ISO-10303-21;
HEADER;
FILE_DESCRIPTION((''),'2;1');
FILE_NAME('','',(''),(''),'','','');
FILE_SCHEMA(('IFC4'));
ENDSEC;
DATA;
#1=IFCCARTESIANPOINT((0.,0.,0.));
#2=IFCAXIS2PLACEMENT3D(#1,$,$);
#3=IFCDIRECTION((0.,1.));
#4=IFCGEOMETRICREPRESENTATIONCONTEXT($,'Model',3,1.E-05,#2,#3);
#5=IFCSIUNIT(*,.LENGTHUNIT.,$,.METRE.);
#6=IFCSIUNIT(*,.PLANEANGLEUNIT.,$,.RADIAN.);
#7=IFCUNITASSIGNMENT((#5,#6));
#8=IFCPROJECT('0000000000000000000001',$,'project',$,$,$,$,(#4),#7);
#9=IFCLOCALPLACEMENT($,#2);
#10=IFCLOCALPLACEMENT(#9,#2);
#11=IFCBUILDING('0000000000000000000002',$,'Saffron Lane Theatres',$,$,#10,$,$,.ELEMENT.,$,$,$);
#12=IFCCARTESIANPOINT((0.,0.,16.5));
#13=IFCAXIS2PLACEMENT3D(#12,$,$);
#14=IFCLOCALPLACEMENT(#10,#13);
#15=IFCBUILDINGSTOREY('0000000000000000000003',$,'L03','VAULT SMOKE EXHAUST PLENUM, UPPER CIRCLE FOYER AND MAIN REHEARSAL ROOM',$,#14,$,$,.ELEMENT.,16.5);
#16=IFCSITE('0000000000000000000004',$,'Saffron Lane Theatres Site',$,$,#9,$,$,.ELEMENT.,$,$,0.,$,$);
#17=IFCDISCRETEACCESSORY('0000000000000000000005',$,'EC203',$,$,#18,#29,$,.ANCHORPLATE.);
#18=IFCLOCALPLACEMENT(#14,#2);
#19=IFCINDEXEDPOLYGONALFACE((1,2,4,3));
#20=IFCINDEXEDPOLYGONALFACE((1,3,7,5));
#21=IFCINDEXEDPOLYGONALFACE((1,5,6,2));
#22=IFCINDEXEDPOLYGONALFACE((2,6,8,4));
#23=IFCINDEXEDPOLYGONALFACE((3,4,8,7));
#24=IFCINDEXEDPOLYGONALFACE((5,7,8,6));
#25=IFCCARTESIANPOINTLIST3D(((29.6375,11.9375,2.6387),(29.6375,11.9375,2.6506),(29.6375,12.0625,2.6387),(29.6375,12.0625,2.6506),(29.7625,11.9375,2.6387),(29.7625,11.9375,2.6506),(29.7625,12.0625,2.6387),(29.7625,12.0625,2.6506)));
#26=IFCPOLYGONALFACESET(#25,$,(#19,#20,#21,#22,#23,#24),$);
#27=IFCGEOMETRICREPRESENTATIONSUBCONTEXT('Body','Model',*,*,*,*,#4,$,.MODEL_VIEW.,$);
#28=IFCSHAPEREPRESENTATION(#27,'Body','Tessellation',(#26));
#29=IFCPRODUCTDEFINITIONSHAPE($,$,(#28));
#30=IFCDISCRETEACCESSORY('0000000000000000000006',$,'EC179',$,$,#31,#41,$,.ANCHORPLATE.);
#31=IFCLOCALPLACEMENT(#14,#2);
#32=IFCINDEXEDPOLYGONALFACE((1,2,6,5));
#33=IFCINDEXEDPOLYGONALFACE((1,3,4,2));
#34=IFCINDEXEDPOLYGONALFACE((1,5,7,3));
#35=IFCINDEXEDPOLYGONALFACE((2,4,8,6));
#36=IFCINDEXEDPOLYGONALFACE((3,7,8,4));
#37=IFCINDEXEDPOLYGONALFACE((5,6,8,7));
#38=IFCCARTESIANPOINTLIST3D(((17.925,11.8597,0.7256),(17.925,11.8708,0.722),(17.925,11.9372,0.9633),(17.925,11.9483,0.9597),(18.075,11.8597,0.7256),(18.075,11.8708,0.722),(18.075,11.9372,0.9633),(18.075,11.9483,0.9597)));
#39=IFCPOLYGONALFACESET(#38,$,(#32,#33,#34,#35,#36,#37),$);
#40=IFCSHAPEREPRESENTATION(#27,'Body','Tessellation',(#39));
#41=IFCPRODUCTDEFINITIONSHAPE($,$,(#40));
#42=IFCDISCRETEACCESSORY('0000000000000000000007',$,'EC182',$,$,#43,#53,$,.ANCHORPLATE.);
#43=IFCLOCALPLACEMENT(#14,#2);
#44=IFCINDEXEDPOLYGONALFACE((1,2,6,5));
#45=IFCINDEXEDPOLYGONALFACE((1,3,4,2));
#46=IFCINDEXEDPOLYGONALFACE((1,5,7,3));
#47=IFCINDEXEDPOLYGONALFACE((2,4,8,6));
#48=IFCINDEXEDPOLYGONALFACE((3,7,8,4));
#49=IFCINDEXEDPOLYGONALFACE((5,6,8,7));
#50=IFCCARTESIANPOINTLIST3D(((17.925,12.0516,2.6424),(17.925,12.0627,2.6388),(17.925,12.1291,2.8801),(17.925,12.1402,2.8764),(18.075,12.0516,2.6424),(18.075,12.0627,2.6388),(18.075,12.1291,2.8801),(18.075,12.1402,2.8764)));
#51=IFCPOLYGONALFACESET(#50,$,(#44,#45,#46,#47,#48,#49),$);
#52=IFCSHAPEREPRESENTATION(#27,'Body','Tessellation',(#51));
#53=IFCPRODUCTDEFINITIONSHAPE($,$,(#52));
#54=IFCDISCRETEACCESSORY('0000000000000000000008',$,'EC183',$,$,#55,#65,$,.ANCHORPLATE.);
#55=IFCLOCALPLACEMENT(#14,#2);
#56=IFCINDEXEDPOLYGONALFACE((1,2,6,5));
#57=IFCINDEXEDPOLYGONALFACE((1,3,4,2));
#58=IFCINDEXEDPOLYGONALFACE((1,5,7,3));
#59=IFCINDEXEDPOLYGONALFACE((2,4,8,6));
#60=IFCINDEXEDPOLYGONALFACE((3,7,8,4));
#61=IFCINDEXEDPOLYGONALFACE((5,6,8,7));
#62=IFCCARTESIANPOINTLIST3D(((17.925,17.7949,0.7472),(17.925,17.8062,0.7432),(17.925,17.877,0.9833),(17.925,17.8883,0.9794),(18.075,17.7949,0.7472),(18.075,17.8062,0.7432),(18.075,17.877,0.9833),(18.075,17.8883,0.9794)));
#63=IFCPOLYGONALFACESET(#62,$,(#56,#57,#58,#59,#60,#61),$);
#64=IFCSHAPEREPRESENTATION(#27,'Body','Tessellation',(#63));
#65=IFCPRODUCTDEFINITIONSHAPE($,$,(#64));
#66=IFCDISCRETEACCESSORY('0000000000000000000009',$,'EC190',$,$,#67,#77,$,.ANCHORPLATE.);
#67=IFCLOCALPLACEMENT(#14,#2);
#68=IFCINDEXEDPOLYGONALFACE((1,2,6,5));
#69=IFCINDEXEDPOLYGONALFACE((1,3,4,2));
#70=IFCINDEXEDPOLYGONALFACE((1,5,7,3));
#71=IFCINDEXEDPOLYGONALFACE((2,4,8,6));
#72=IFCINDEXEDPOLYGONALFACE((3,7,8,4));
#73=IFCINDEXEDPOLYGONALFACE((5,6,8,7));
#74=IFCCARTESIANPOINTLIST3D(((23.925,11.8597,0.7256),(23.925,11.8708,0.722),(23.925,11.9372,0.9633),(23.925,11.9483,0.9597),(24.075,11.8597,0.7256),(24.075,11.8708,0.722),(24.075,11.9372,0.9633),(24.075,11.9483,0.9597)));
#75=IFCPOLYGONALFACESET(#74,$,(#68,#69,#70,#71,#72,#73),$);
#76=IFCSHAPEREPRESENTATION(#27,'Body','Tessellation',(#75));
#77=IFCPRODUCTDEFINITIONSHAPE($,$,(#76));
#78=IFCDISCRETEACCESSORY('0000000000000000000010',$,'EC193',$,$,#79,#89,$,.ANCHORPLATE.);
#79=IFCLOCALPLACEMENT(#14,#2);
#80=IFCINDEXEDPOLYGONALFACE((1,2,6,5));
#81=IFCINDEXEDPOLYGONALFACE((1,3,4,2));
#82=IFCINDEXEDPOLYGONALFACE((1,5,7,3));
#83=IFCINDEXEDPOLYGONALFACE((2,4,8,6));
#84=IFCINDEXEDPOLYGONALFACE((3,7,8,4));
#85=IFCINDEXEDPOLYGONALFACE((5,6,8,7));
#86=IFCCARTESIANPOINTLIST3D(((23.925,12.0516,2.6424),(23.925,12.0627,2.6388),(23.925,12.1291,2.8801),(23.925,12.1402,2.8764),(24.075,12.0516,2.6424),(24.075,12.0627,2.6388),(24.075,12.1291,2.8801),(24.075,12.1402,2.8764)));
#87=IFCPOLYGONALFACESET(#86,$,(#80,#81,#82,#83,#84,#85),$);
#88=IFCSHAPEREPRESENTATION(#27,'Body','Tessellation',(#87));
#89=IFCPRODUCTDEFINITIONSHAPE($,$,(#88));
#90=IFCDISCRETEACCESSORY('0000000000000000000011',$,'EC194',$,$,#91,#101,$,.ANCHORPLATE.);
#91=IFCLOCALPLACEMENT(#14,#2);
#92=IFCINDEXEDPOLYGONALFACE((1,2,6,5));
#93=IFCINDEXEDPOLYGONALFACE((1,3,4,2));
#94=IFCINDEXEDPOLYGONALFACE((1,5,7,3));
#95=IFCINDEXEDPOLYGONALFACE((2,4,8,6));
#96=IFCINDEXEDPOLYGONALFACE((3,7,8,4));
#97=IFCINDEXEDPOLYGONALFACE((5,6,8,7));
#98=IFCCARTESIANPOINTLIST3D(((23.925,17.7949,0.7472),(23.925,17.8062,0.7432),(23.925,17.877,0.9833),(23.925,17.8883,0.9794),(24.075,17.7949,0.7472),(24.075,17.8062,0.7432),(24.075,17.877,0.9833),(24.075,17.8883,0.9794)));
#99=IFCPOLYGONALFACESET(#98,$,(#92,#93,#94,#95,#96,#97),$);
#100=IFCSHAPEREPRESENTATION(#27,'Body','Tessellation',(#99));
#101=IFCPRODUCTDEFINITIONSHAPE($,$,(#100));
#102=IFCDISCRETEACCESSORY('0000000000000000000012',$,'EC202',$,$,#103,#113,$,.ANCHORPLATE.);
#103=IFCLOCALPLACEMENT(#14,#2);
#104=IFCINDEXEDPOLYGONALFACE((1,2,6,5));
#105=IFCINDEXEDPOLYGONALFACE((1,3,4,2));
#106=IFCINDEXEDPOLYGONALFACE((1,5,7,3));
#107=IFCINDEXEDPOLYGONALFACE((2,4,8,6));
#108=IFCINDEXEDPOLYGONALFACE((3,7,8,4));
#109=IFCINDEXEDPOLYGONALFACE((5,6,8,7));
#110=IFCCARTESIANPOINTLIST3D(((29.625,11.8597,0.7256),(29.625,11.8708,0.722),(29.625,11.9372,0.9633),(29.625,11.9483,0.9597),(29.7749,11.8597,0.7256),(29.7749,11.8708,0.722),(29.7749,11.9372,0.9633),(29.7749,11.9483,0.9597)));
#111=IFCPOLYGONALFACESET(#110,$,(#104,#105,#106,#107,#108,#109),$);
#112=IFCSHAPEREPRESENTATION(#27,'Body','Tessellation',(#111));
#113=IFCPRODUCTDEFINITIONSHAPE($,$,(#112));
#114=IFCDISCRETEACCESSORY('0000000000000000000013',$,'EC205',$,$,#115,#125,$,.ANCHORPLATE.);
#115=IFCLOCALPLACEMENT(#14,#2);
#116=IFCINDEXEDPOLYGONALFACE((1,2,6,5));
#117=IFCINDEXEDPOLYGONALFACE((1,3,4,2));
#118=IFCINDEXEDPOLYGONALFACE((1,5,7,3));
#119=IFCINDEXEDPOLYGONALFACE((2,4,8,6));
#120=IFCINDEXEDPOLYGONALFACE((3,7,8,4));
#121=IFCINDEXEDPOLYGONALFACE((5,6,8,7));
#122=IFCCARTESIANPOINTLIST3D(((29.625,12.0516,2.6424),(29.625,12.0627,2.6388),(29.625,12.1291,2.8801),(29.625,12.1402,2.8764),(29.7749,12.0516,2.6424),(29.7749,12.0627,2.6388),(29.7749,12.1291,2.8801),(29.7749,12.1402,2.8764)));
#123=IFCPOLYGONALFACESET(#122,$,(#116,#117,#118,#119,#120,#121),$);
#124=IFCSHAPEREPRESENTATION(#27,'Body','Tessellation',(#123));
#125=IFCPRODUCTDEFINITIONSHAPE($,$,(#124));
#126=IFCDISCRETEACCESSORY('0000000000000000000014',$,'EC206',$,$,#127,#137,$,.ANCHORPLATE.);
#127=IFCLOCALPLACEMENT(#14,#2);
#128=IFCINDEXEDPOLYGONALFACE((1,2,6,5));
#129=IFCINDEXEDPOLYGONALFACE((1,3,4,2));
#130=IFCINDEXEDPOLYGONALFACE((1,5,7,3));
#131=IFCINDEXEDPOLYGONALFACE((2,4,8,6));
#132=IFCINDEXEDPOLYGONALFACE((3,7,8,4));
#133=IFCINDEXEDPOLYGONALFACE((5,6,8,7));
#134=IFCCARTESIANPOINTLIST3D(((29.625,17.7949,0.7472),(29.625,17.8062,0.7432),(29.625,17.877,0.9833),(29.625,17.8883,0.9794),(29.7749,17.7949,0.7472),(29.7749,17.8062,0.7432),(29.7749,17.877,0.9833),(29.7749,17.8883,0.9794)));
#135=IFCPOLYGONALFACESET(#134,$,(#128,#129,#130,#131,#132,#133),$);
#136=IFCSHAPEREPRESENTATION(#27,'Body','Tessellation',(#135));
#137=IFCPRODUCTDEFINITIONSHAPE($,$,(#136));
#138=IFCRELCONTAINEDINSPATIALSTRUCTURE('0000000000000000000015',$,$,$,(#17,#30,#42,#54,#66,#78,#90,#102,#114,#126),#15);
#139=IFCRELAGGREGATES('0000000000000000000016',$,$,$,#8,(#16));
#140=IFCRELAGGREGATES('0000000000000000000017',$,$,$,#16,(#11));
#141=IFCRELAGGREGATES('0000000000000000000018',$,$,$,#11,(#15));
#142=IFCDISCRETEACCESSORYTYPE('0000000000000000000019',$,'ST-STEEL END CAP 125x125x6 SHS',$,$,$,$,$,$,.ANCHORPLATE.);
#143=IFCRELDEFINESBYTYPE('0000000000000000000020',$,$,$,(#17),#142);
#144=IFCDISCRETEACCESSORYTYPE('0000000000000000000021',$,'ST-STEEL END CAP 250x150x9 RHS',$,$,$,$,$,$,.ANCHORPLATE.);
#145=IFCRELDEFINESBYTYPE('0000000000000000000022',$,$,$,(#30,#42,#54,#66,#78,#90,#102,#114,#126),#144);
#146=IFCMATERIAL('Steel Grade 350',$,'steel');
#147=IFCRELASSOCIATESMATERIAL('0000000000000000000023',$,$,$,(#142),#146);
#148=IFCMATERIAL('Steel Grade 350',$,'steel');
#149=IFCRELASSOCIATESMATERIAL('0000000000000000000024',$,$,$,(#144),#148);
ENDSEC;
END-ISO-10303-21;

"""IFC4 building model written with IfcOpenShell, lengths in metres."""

from ifc_helpers import new_model, si_unit, direction, frame, origin, origin_2d, place, context, subcontext, project, spatial, rectangle, extrude, material, material_profile, profile_set, type_object, element, save


model = new_model("IFC4")

# Units and contexts
model_context = context("Model", 3, precision=1e-05, world=origin(), true_north=direction((0.0, 1.0)))
body_context = subcontext(model_context, "Body", "Model", "MODEL_VIEW")
ifc_project = project(units=[si_unit("LENGTHUNIT", "METRE"), si_unit("PLANEANGLEUNIT", "RADIAN")], contexts=[model_context])

# Site, building, storey
site_placement = place(None, origin())
site = spatial("IfcSite", under=ifc_project, at=site_placement, Name="Saffron Lane Theatres Site", CompositionType="ELEMENT", RefElevation=0.0)
building_placement = place(site_placement, origin())
building = spatial("IfcBuilding", under=site, at=building_placement, Name="Saffron Lane Theatres", CompositionType="ELEMENT")
storey_placement = place(building_placement, frame((0.0, 0.0, 16.5)))
storey = spatial("IfcBuildingStorey", under=building, at=storey_placement, Name="L03", Description="VAULT SMOKE EXHAUST PLENUM, UPPER CIRCLE FOYER AND MAIN REHEARSAL ROOM", CompositionType="ELEMENT", Elevation=16.5)

# Discrete accessories
ifc_material_1 = material(Name="Steel Grade 350", Category="steel")
ifc_material_profile_1 = material_profile(ifc_material_1, rectangle(XDim=0.125, YDim=0.125, at=origin_2d()))
ifc_profile_set_1 = profile_set([ifc_material_profile_1], Name="Steel Grade 350")
discrete_accessory_type_1 = type_object("IfcDiscreteAccessoryType", Name="ST-STEEL END CAP 125x125x6 SHS", PredefinedType="ANCHORPLATE", material=ifc_profile_set_1)
for number, where, z_axis, x_axis, name in (
    (1, (29.7, 12.0, 2.6387), (0.0, 0.0, 1.0), (1.0, 0.0, 0.0), "EC203"),
):
    element("IfcDiscreteAccessory", number, at=place(storey_placement, frame(where, z_axis=z_axis, x_axis=x_axis)), inside=storey, type_object=discrete_accessory_type_1, Name=name, PredefinedType="ANCHORPLATE", context=body_context, shape_type="SweptSolid", body=[
        extrude(rectangle(XDim=0.125, YDim=0.125, at=origin_2d()), origin(), (0.0, 0.0, 1.0), 0.012),
    ])
ifc_material_2 = material(Name="Steel Grade 350", Category="steel")
ifc_material_profile_2 = material_profile(ifc_material_2, rectangle(XDim=0.1499, YDim=0.25, at=origin_2d()))
ifc_profile_set_2 = profile_set([ifc_material_profile_2], Name="Steel Grade 350")
discrete_accessory_type_2 = type_object("IfcDiscreteAccessoryType", Name="ST-STEEL END CAP 250x150x9 RHS", PredefinedType="ANCHORPLATE", material=ifc_profile_set_2)
for number, where, z_axis, x_axis, name in (
    (2, (18.0, 11.8984, 0.8445), (0.0, 0.95073, -0.310021), (-1.0, 0.0, 0.0), "EC179"),
    (3, (18.0, 12.0903, 2.7612), (0.0, 0.95073, -0.310021), (-1.0, 0.0, 0.0), "EC182"),
):
    element("IfcDiscreteAccessory", number, at=place(storey_placement, frame(where, z_axis=z_axis, x_axis=x_axis)), inside=storey, type_object=discrete_accessory_type_2, Name=name, PredefinedType="ANCHORPLATE", context=body_context, shape_type="SweptSolid", body=[
        extrude(rectangle(XDim=0.1499, YDim=0.25, at=origin_2d()), origin(), (0.0, 0.0, 1.0), 0.0117),
    ])
discrete_accessory_1_placement = place(storey_placement, frame((18.0, 17.8359, 0.8652), z_axis=(0.0, 0.944497, -0.328521), x_axis=(-1.0, 0.0, 0.0)))
element("IfcDiscreteAccessory", 4, at=discrete_accessory_1_placement, inside=storey, type_object=discrete_accessory_type_2, Name="EC183", PredefinedType="ANCHORPLATE", context=body_context, shape_type="SweptSolid", body=[
    extrude(rectangle(XDim=0.1499, YDim=0.25, at=origin_2d()), origin(), (0.0, 0.0, 1.0), 0.012),
])
for number, where, z_axis, x_axis, name in (
    (5, (24.0, 11.8984, 0.8445), (0.0, 0.95073, -0.310021), (-1.0, 0.0, 0.0), "EC190"),
    (6, (24.0, 12.0903, 2.7612), (0.0, 0.95073, -0.310021), (-1.0, 0.0, 0.0), "EC193"),
):
    element("IfcDiscreteAccessory", number, at=place(storey_placement, frame(where, z_axis=z_axis, x_axis=x_axis)), inside=storey, type_object=discrete_accessory_type_2, Name=name, PredefinedType="ANCHORPLATE", context=body_context, shape_type="SweptSolid", body=[
        extrude(rectangle(XDim=0.1499, YDim=0.25, at=origin_2d()), origin(), (0.0, 0.0, 1.0), 0.0117),
    ])
discrete_accessory_2_placement = place(storey_placement, frame((24.0, 17.8359, 0.8652), z_axis=(0.0, 0.944497, -0.328521), x_axis=(-1.0, 0.0, 0.0)))
element("IfcDiscreteAccessory", 7, at=discrete_accessory_2_placement, inside=storey, type_object=discrete_accessory_type_2, Name="EC194", PredefinedType="ANCHORPLATE", context=body_context, shape_type="SweptSolid", body=[
    extrude(rectangle(XDim=0.1499, YDim=0.25, at=origin_2d()), origin(), (0.0, 0.0, 1.0), 0.012),
])
for number, where, z_axis, x_axis, name in (
    (8, (29.7, 11.8984, 0.8445), (0.0, 0.95073, -0.310021), (-1.0, 0.0, 0.0), "EC202"),
    (9, (29.7, 12.0903, 2.7612), (0.0, 0.95073, -0.310021), (-1.0, 0.0, 0.0), "EC205"),
):
    element("IfcDiscreteAccessory", number, at=place(storey_placement, frame(where, z_axis=z_axis, x_axis=x_axis)), inside=storey, type_object=discrete_accessory_type_2, Name=name, PredefinedType="ANCHORPLATE", context=body_context, shape_type="SweptSolid", body=[
        extrude(rectangle(XDim=0.1499, YDim=0.25, at=origin_2d()), origin(), (0.0, 0.0, 1.0), 0.0117),
    ])
discrete_accessory_3_placement = place(storey_placement, frame((29.7, 17.8359, 0.8652), z_axis=(0.0, 0.944497, -0.328521), x_axis=(-1.0, 0.0, 0.0)))
element("IfcDiscreteAccessory", 10, at=discrete_accessory_3_placement, inside=storey, type_object=discrete_accessory_type_2, Name="EC206", PredefinedType="ANCHORPLATE", context=body_context, shape_type="SweptSolid", body=[
    extrude(rectangle(XDim=0.1499, YDim=0.25, at=origin_2d()), origin(), (0.0, 0.0, 1.0), 0.012),
])

save(model, "model.ifc")
